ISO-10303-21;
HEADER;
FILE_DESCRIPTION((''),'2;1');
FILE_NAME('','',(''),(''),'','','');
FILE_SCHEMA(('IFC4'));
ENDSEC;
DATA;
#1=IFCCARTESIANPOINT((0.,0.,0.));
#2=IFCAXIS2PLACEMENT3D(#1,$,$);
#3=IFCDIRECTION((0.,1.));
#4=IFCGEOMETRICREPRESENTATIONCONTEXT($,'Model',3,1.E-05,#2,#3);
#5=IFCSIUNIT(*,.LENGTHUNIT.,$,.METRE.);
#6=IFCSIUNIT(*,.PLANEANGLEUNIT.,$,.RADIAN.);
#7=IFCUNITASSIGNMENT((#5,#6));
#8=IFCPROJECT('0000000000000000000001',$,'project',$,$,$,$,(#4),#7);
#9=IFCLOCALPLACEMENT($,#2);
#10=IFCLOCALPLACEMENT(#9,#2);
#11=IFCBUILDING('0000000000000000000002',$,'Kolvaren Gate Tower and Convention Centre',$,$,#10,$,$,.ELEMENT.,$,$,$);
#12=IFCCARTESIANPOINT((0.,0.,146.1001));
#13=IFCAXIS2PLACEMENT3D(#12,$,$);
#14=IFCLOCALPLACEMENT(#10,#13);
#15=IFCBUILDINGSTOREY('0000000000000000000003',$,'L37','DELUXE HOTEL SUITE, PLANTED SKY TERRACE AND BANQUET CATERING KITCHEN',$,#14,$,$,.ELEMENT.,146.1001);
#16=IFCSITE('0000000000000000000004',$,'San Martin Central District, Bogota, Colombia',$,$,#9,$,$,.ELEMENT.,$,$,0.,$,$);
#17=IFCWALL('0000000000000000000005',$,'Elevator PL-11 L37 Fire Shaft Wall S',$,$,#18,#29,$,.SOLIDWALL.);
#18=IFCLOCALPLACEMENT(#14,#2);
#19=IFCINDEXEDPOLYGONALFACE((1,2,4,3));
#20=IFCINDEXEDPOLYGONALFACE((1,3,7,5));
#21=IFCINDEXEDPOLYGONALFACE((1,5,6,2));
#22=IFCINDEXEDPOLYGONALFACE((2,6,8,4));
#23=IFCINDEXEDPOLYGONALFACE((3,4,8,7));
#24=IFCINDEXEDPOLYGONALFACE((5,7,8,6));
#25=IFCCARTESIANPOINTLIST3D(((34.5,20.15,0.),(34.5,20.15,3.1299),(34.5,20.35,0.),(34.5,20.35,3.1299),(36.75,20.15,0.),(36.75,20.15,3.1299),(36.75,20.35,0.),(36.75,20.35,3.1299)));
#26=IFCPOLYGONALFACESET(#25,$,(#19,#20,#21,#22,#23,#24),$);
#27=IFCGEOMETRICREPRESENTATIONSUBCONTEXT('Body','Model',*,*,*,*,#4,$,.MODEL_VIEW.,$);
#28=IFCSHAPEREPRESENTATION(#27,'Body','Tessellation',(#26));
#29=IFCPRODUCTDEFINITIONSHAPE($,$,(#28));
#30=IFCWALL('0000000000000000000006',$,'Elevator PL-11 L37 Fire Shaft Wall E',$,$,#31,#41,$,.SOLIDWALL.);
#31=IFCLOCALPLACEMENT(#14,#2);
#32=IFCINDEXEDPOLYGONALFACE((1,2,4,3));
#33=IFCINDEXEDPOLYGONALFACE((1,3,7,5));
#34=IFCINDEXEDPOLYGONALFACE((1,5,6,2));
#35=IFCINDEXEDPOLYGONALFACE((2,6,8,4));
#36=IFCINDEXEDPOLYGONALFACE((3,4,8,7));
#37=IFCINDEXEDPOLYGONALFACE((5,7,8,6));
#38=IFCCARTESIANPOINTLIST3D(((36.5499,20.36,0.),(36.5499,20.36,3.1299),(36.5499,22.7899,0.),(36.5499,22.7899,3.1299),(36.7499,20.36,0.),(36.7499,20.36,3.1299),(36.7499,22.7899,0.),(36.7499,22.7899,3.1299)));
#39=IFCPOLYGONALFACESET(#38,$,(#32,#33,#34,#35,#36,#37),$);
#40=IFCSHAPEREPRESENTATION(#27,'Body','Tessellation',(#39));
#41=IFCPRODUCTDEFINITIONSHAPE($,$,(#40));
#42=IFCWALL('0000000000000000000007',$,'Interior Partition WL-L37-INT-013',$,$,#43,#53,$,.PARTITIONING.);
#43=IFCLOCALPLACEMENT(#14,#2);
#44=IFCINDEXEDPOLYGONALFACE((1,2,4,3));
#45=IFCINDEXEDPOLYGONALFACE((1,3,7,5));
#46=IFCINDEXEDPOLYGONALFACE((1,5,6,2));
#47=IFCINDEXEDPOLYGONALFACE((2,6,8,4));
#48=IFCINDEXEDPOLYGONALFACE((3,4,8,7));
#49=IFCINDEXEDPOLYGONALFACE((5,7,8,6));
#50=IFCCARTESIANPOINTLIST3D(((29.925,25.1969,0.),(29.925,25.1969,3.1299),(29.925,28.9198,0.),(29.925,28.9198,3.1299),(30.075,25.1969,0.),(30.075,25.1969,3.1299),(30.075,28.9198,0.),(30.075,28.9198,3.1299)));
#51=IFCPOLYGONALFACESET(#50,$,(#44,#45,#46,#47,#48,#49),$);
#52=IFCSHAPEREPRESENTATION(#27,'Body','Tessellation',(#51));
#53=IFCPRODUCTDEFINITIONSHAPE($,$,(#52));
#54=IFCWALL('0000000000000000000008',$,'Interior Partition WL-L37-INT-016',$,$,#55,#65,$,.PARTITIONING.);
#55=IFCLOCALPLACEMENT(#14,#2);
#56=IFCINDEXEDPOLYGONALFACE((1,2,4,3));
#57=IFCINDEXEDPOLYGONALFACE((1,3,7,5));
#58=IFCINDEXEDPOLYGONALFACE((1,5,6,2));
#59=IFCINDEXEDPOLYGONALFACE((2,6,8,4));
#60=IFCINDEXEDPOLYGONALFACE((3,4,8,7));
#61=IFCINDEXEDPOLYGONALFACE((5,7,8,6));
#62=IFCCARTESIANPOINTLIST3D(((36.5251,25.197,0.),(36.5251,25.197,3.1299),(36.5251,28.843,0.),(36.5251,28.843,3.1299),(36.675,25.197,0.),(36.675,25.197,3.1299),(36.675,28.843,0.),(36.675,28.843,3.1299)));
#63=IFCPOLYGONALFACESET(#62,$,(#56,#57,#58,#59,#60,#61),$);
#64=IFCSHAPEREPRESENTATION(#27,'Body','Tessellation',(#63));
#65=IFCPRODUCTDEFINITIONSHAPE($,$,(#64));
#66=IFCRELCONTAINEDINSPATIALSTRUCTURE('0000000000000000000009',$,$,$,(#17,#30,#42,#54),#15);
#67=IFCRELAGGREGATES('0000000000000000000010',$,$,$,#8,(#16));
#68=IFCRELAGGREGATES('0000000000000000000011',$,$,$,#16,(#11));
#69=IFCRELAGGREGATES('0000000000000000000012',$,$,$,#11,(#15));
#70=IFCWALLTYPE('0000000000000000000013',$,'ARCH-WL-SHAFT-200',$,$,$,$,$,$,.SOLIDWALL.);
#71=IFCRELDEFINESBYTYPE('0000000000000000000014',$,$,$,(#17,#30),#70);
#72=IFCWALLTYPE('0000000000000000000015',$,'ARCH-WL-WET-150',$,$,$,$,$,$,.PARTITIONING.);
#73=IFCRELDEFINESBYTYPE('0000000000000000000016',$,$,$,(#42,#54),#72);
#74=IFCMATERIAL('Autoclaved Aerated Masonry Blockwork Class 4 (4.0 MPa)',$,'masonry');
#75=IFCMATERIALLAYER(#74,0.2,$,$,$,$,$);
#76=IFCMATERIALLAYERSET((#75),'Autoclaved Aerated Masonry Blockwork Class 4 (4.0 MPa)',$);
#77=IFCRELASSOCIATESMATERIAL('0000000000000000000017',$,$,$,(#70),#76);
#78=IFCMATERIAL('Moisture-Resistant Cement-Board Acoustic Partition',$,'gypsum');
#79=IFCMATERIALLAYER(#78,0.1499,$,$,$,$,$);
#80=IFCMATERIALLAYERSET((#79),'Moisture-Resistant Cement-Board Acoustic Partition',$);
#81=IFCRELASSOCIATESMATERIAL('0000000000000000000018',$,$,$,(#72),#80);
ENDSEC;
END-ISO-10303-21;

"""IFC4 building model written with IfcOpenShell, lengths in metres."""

from ifc_helpers import new_model, si_unit, direction, frame, frame_2d, origin, place, context, subcontext, project, spatial, rectangle, extrude, material, layer, layer_set, type_object, element, save


model = new_model("IFC4")

# Units and contexts
model_context = context("Model", 3, precision=1e-05, world=origin(), true_north=direction((0.0, 1.0)))
body_context = subcontext(model_context, "Body", "Model", "MODEL_VIEW")
ifc_project = project(units=[si_unit("LENGTHUNIT", "METRE"), si_unit("PLANEANGLEUNIT", "RADIAN")], contexts=[model_context])

# Site, building, storey
site_placement = place(None, origin())
site = spatial("IfcSite", under=ifc_project, at=site_placement, Name="San Martin Central District, Bogota, Colombia", CompositionType="ELEMENT", RefElevation=0.0)
building_placement = place(site_placement, origin())
building = spatial("IfcBuilding", under=site, at=building_placement, Name="Kolvaren Gate Tower and Convention Centre", CompositionType="ELEMENT")
storey_placement = place(building_placement, frame((0.0, 0.0, 146.1001)))
storey = spatial("IfcBuildingStorey", under=building, at=storey_placement, Name="L37", Description="DELUXE HOTEL SUITE, PLANTED SKY TERRACE AND BANQUET CATERING KITCHEN", CompositionType="ELEMENT", Elevation=146.1001)

# Walls
ifc_material_1 = material(Name="Autoclaved Aerated Masonry Blockwork Class 4 (4.0 MPa)", Category="masonry")
ifc_layer_1 = layer(ifc_material_1, 0.2)
ifc_layer_set_1 = layer_set([ifc_layer_1], Name="Autoclaved Aerated Masonry Blockwork Class 4 (4.0 MPa)")
wall_type_1 = type_object("IfcWallType", Name="ARCH-WL-SHAFT-200", PredefinedType="SOLIDWALL", material=ifc_layer_set_1)
for number, where, z_axis, x_axis, name in (
    (1, (34.5, 20.25, 0.0), (0.0, 0.0, 1.0), (1.0, 0.0, 0.0), "Elevator PL-11 L37 Fire Shaft Wall S"),
):
    element("IfcWall", number, at=place(storey_placement, frame(where, z_axis=z_axis, x_axis=x_axis)), inside=storey, type_object=wall_type_1, Name=name, PredefinedType="SOLIDWALL", context=body_context, shape_type="SweptSolid", body=[
        extrude(rectangle(XDim=2.25, YDim=0.2, at=frame_2d((1.125, 0.0))), origin(), (0.0, 0.0, 1.0), 3.1299),
    ])
wall_1_placement = place(storey_placement, frame((36.6499, 20.3601, 0.0), z_axis=(0.0, 0.0, 1.0), x_axis=(0.0, 1.0, 0.0)))
element("IfcWall", 2, at=wall_1_placement, inside=storey, type_object=wall_type_1, Name="Elevator PL-11 L37 Fire Shaft Wall E", PredefinedType="SOLIDWALL", context=body_context, shape_type="SweptSolid", body=[
    extrude(rectangle(XDim=2.4299, YDim=0.2, at=frame_2d((1.2148, 0.0))), origin(), (0.0, 0.0, 1.0), 3.1299),
])
ifc_material_2 = material(Name="Moisture-Resistant Cement-Board Acoustic Partition", Category="gypsum")
ifc_layer_2 = layer(ifc_material_2, 0.1499)
ifc_layer_set_2 = layer_set([ifc_layer_2], Name="Moisture-Resistant Cement-Board Acoustic Partition")
wall_type_2 = type_object("IfcWallType", Name="ARCH-WL-WET-150", PredefinedType="PARTITIONING", material=ifc_layer_set_2)
wall_2_placement = place(storey_placement, frame((30.0, 25.197, 0.0), z_axis=(0.0, 0.0, 1.0), x_axis=(0.0, 1.0, 0.0)))
element("IfcWall", 3, at=wall_2_placement, inside=storey, type_object=wall_type_2, Name="Interior Partition WL-L37-INT-013", PredefinedType="PARTITIONING", context=body_context, shape_type="SweptSolid", body=[
    extrude(rectangle(XDim=3.7229, YDim=0.1499, at=frame_2d((1.8613, 0.0))), origin(), (0.0, 0.0, 1.0), 3.1299),
])
wall_3_placement = place(storey_placement, frame((36.6001, 25.197, 0.0), z_axis=(0.0, 0.0, 1.0), x_axis=(0.0, 1.0, 0.0)))
element("IfcWall", 4, at=wall_3_placement, inside=storey, type_object=wall_type_2, Name="Interior Partition WL-L37-INT-016", PredefinedType="PARTITIONING", context=body_context, shape_type="SweptSolid", body=[
    extrude(rectangle(XDim=3.646, YDim=0.1499, at=frame_2d((1.823, 0.0))), origin(), (0.0, 0.0, 1.0), 3.1299),
])

save(model, "model.ifc")
